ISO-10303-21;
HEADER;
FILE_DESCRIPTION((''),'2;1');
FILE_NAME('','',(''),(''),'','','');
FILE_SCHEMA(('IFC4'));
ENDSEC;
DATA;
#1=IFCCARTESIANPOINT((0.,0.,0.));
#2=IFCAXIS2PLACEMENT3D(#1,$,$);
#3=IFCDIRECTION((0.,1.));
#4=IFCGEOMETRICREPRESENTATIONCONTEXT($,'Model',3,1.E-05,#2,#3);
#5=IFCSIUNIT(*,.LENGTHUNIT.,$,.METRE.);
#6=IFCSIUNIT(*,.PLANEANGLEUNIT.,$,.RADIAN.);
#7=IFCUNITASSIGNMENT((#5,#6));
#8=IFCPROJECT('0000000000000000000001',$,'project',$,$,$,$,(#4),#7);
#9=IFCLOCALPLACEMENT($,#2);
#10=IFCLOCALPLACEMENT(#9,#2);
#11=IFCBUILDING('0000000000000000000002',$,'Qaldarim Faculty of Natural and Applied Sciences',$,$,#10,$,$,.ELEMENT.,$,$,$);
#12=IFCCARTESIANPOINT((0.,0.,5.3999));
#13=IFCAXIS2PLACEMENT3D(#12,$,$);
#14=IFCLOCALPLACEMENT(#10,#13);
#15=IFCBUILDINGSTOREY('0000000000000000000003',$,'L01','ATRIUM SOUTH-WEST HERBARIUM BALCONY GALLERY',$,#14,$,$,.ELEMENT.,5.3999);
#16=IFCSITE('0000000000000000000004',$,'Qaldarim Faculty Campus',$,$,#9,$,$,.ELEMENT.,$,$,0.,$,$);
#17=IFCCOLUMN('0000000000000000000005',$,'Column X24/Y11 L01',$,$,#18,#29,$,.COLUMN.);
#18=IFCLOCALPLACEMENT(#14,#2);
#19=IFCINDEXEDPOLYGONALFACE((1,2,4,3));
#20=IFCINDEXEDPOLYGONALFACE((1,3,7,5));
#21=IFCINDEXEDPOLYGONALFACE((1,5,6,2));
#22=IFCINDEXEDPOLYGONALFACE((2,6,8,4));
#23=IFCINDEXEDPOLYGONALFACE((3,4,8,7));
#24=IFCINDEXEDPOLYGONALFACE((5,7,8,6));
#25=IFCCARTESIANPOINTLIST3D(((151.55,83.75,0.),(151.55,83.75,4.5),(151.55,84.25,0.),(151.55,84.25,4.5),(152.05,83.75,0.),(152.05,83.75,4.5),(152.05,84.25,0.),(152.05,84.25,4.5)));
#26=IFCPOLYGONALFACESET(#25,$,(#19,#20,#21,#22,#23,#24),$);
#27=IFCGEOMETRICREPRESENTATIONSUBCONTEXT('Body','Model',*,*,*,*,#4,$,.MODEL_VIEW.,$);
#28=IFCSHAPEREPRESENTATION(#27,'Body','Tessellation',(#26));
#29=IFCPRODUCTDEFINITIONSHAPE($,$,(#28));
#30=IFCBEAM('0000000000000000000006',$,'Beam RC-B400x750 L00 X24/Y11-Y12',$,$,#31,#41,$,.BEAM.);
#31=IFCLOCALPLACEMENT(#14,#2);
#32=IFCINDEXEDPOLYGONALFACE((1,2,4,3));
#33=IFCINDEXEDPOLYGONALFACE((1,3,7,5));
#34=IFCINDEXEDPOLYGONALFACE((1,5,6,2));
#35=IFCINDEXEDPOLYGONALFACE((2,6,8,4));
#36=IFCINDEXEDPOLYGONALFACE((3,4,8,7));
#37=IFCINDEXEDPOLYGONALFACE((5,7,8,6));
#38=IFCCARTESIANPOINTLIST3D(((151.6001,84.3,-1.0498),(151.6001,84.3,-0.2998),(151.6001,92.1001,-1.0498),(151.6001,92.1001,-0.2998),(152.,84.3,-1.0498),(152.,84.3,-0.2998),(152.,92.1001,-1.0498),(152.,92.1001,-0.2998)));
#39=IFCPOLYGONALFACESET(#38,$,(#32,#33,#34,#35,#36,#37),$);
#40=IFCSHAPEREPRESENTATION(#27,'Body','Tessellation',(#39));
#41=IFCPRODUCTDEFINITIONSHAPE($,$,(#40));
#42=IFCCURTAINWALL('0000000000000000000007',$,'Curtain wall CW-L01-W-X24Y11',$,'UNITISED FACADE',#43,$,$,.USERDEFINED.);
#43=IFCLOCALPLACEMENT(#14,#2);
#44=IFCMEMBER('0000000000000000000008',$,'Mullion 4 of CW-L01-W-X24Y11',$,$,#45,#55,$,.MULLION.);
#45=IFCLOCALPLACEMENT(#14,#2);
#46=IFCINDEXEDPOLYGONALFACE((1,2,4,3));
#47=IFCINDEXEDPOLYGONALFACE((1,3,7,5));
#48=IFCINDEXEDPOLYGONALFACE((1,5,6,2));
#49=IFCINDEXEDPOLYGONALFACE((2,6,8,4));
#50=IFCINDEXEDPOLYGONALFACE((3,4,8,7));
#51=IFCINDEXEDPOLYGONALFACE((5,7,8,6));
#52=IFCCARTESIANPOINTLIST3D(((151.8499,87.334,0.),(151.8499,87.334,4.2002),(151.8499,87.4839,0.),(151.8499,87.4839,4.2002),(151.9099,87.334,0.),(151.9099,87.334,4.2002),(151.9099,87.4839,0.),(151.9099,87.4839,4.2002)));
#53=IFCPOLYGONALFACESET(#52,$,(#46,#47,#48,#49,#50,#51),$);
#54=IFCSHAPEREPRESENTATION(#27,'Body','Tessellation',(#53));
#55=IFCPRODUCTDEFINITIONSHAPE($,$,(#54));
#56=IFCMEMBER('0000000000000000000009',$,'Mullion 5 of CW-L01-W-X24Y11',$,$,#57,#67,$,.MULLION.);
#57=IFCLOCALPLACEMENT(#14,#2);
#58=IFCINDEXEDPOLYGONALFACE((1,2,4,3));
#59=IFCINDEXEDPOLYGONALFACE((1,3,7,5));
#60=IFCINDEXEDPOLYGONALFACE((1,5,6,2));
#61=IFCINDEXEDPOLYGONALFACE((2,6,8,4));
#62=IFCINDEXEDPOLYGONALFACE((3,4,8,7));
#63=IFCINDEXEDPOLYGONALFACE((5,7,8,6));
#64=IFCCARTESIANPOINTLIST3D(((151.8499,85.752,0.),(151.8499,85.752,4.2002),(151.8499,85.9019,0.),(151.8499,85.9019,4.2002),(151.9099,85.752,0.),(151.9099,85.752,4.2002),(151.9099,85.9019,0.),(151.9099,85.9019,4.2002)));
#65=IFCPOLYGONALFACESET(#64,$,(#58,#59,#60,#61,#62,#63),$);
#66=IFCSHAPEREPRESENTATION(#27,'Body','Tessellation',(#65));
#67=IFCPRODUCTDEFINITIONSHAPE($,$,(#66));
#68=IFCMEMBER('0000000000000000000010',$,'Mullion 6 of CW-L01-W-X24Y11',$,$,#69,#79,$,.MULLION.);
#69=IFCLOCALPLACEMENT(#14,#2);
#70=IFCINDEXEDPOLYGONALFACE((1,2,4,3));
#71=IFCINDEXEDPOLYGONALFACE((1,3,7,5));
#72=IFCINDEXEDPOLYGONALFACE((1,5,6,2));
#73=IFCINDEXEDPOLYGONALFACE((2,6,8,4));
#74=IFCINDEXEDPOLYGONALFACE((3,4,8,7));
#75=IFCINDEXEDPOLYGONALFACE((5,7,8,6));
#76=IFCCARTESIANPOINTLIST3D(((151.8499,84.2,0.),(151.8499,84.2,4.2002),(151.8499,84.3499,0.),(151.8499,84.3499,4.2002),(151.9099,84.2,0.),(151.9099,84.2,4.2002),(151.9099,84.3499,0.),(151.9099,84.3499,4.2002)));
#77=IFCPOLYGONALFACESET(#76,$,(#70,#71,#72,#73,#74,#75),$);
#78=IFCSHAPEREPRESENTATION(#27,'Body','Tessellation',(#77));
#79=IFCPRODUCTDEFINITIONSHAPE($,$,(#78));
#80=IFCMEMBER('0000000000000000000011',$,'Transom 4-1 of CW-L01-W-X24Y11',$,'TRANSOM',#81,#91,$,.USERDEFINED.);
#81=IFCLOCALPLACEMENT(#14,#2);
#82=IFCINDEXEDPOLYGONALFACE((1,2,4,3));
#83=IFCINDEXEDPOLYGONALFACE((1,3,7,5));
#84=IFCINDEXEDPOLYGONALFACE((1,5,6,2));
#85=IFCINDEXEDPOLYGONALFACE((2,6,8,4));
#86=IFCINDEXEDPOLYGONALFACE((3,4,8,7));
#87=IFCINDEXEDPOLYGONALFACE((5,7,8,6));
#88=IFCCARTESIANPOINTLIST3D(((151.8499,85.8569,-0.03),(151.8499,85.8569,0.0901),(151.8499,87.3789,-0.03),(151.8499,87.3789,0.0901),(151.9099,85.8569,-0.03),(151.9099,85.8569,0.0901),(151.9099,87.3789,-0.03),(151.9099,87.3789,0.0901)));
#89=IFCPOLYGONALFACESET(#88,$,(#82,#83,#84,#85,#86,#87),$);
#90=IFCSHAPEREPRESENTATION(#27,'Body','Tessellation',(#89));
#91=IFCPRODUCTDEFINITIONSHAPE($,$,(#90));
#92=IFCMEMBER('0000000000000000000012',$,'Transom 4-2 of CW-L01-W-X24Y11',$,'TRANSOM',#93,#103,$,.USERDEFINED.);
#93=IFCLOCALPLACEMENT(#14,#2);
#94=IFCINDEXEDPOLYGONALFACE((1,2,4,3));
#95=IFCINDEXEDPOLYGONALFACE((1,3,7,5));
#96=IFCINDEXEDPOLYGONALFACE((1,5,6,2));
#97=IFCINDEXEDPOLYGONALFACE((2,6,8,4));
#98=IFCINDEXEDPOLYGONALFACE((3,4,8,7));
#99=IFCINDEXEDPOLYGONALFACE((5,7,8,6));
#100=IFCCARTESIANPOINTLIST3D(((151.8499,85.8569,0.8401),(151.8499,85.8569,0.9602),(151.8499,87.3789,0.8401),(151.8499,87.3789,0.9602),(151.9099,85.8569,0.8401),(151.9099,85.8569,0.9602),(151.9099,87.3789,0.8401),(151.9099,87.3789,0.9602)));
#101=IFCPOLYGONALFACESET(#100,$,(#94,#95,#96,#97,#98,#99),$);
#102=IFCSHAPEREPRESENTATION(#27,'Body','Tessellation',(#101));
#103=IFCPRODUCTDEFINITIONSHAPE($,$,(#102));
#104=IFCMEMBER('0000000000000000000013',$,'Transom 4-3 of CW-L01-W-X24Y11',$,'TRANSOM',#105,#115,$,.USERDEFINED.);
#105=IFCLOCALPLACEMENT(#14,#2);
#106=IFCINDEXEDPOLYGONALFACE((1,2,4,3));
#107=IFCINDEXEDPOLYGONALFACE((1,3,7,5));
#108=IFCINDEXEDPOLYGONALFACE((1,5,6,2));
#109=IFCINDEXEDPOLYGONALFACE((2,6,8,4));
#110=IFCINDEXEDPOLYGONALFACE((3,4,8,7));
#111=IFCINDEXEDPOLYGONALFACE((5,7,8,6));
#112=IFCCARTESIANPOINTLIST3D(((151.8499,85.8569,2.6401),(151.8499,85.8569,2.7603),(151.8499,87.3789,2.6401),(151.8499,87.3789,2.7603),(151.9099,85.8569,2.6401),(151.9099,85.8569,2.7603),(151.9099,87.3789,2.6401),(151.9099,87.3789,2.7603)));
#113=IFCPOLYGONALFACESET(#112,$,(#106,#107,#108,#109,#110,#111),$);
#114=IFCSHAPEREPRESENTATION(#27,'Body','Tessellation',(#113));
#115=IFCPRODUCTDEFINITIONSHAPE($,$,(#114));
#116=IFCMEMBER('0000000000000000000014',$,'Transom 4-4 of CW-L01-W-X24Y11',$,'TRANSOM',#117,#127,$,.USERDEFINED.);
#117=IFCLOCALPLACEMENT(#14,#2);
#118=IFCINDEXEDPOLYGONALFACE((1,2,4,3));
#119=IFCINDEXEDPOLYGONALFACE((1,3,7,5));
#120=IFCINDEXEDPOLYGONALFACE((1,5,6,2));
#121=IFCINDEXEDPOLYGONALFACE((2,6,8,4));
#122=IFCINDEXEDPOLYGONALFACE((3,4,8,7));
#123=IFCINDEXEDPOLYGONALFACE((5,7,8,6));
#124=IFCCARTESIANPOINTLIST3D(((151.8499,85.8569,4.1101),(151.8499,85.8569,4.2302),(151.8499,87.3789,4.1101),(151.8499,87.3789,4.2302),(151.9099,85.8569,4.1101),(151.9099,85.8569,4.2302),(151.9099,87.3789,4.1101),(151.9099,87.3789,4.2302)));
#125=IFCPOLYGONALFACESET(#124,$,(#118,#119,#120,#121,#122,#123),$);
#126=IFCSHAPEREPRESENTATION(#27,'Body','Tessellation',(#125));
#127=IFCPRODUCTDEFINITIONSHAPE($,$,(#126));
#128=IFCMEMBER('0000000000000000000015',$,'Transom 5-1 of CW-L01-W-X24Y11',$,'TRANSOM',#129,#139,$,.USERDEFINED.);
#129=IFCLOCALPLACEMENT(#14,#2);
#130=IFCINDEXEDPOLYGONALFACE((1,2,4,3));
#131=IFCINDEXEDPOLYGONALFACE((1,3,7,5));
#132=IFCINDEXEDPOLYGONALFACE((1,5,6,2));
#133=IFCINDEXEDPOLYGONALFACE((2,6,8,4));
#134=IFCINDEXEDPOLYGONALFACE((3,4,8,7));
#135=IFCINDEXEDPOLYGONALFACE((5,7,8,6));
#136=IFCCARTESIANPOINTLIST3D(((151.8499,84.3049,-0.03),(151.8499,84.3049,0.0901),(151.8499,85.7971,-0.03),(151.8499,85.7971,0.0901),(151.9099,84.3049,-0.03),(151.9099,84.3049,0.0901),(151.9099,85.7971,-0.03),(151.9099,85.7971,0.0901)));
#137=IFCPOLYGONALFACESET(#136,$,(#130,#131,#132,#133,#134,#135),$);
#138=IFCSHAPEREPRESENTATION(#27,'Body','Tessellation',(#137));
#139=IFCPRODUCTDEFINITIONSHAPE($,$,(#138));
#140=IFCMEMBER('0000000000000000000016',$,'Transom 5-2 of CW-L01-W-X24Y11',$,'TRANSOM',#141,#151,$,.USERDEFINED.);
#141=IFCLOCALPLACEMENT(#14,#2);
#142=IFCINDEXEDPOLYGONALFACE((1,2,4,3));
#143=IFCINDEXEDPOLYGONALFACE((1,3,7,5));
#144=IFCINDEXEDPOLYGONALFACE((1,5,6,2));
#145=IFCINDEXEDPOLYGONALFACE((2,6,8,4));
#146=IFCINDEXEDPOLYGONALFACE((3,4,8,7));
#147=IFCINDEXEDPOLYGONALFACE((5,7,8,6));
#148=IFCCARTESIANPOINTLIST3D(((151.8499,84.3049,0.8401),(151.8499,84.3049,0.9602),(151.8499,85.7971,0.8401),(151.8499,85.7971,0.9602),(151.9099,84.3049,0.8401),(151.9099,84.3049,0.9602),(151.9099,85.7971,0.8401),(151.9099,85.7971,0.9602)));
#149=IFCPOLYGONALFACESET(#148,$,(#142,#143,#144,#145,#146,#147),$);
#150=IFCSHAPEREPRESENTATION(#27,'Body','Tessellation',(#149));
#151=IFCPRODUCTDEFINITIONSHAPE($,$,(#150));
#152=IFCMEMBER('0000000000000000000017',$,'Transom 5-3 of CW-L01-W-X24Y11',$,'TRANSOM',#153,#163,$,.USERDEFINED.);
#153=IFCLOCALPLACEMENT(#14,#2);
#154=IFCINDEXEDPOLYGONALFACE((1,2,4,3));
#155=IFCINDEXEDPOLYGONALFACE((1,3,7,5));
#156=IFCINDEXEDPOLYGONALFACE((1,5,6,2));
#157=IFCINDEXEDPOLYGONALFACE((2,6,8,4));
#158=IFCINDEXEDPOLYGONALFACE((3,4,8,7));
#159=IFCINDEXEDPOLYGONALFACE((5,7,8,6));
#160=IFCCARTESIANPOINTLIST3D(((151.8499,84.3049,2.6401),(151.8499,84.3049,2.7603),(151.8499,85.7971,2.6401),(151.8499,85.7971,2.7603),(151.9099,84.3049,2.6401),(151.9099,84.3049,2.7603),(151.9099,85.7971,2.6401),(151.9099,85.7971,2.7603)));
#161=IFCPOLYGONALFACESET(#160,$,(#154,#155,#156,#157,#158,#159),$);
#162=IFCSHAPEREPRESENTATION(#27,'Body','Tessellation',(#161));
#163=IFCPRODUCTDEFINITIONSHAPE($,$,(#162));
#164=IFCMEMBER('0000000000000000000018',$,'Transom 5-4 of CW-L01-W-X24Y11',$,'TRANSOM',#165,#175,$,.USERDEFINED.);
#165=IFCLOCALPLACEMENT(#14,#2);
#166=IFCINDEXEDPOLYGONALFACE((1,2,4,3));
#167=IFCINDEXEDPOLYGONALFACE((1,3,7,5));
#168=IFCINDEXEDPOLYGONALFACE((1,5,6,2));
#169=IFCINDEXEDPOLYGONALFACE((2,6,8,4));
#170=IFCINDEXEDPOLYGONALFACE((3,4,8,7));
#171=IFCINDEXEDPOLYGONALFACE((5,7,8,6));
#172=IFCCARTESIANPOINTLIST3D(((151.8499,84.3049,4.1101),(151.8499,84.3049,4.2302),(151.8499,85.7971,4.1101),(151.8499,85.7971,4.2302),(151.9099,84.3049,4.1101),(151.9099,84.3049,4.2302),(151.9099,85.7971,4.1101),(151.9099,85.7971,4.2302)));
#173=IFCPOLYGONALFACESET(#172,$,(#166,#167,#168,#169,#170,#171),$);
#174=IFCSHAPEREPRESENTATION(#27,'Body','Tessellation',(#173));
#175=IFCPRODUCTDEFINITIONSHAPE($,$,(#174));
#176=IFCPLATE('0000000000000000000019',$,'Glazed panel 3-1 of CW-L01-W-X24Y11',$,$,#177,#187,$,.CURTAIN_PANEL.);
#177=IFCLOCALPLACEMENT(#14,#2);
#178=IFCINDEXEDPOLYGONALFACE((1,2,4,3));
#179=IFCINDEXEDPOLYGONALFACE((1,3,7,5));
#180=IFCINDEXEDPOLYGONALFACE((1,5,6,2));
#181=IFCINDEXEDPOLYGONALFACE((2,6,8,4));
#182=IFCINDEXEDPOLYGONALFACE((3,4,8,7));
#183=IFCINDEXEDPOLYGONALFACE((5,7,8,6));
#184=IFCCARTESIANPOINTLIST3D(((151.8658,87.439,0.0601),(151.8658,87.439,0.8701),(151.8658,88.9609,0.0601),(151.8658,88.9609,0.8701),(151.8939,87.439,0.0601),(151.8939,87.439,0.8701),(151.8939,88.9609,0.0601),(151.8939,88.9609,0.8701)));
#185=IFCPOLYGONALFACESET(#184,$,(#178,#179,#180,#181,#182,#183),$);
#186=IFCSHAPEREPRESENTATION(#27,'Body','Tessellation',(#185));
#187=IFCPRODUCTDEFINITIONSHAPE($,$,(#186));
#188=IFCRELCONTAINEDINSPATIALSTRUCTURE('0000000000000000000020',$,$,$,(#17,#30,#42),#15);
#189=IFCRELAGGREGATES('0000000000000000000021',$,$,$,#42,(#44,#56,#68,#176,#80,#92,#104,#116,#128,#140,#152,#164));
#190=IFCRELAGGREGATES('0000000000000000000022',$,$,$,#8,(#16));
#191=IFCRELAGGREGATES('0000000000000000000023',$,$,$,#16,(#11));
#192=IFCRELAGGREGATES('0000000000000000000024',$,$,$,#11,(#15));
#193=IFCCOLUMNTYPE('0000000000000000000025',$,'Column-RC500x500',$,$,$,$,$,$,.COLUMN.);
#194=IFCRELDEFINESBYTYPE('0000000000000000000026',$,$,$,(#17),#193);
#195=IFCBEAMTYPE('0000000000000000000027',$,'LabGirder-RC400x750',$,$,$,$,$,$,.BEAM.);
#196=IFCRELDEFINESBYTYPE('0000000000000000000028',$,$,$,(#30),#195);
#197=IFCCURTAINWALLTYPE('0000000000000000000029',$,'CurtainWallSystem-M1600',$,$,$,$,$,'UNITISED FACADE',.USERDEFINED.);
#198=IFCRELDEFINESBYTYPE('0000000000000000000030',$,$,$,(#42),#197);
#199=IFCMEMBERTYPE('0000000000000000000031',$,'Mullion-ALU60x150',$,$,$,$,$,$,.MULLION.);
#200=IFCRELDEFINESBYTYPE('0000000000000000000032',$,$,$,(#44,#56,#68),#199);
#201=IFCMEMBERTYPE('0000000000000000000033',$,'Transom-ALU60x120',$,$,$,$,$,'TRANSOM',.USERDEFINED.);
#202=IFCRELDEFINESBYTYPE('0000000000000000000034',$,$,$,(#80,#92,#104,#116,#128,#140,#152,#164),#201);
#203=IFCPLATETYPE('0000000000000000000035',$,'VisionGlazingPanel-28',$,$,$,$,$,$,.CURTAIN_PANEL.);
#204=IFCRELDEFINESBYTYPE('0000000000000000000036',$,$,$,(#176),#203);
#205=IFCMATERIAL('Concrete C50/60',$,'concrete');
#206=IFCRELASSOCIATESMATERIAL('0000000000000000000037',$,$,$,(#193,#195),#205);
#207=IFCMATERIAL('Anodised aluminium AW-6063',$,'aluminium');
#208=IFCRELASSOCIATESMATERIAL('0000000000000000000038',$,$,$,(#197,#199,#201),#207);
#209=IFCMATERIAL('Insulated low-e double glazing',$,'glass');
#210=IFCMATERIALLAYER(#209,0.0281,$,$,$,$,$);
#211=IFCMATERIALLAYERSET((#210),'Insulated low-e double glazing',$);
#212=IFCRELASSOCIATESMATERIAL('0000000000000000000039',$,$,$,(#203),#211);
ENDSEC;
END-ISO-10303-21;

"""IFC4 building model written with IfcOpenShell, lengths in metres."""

from ifc_helpers import new_model, si_unit, direction, frame, origin, origin_2d, place, context, subcontext, project, spatial, rectangle, extrude, material, layer, layer_set, material_profile, profile_set, type_object, element, aggregate, save


model = new_model("IFC4")

# Units and contexts
model_context = context("Model", 3, precision=1e-05, world=origin(), true_north=direction((0.0, 1.0)))
body_context = subcontext(model_context, "Body", "Model", "MODEL_VIEW")
ifc_project = project(units=[si_unit("LENGTHUNIT", "METRE"), si_unit("PLANEANGLEUNIT", "RADIAN")], contexts=[model_context])

# Site, building, storey
site_placement = place(None, origin())
site = spatial("IfcSite", under=ifc_project, at=site_placement, Name="Qaldarim Faculty Campus", CompositionType="ELEMENT", RefElevation=0.0)
building_placement = place(site_placement, origin())
building = spatial("IfcBuilding", under=site, at=building_placement, Name="Qaldarim Faculty of Natural and Applied Sciences", CompositionType="ELEMENT")
storey_placement = place(building_placement, frame((0.0, 0.0, 5.3999)))
storey = spatial("IfcBuildingStorey", under=building, at=storey_placement, Name="L01", Description="ATRIUM SOUTH-WEST HERBARIUM BALCONY GALLERY", CompositionType="ELEMENT", Elevation=5.3999)

# Column
ifc_material_1 = material(Name="Concrete C50/60", Category="concrete")
ifc_material_profile_1 = material_profile(ifc_material_1, rectangle(XDim=0.5, YDim=0.5, at=origin_2d()), Name="RC-C500x500")
ifc_profile_set_1 = profile_set([ifc_material_profile_1], Name="Concrete C50/60")
column_type = type_object("IfcColumnType", Name="Column-RC500x500", PredefinedType="COLUMN", material=ifc_profile_set_1)
column_placement = place(storey_placement, frame((151.8, 84.0, 0.0), z_axis=(0.0, 0.0, 1.0), x_axis=(1.0, 0.0, 0.0)))
element("IfcColumn", 1, at=column_placement, inside=storey, type_object=column_type, Name="Column X24/Y11 L01", PredefinedType="COLUMN", context=body_context, shape_type="SweptSolid", body=[
    extrude(rectangle(XDim=0.5, YDim=0.5, at=origin_2d()), origin(), (0.0, 0.0, 1.0), 4.5),
])

# Beam
ifc_material_profile_2 = material_profile(ifc_material_1, rectangle(XDim=0.3999, YDim=0.75, at=origin_2d()), Name="RC-B400x750")
ifc_profile_set_2 = profile_set([ifc_material_profile_2], Name="Concrete C50/60")
beam_type = type_object("IfcBeamType", Name="LabGirder-RC400x750", PredefinedType="BEAM", material=ifc_profile_set_2)
beam_placement = place(storey_placement, frame((151.8, 84.3, -0.6748), z_axis=(0.0, 1.0, 0.0), x_axis=(-1.0, 0.0, 0.0)))
element("IfcBeam", 2, at=beam_placement, inside=storey, type_object=beam_type, Name="Beam RC-B400x750 L00 X24/Y11-Y12", PredefinedType="BEAM", context=body_context, shape_type="SweptSolid", body=[
    extrude(rectangle(XDim=0.3999, YDim=0.75, at=origin_2d()), origin(), (0.0, 0.0, 1.0), 7.8),
])

# Curtain wall, members, plate
ifc_material_2 = material(Name="Anodised aluminium AW-6063", Category="aluminium")
curtain_wall_type = type_object("IfcCurtainWallType", Name="CurtainWallSystem-M1600", ElementType="UNITISED FACADE", PredefinedType="USERDEFINED", material=ifc_material_2)
curtain_wall_placement = place(storey_placement, origin())
curtain_wall = element("IfcCurtainWall", 3, at=curtain_wall_placement, inside=storey, type_object=curtain_wall_type, Name="Curtain wall CW-L01-W-X24Y11", ObjectType="UNITISED FACADE", PredefinedType="USERDEFINED")
ifc_material_profile_3 = material_profile(ifc_material_2, rectangle(XDim=0.0601, YDim=0.1499, at=origin_2d()), Name="ALU-M60x150")
ifc_profile_set_3 = profile_set([ifc_material_profile_3], Name="Anodised aluminium AW-6063")
member_type_1 = type_object("IfcMemberType", Name="Mullion-ALU60x150", PredefinedType="MULLION", material=ifc_profile_set_3)
member_1_placement = place(storey_placement, frame((151.8799, 87.4089, 0.0), z_axis=(0.0, 0.0, 1.0), x_axis=(1.0, 0.0, 0.0)))
member_1 = element("IfcMember", 4, at=member_1_placement, type_object=member_type_1, Name="Mullion 4 of CW-L01-W-X24Y11", PredefinedType="MULLION", context=body_context, shape_type="SweptSolid", body=[
    extrude(rectangle(XDim=0.0601, YDim=0.1499, at=origin_2d()), origin(), (0.0, 0.0, 1.0), 4.2002),
])
member_2_placement = place(storey_placement, frame((151.8799, 85.8269, 0.0), z_axis=(0.0, 0.0, 1.0), x_axis=(1.0, 0.0, 0.0)))
member_2 = element("IfcMember", 5, at=member_2_placement, type_object=member_type_1, Name="Mullion 5 of CW-L01-W-X24Y11", PredefinedType="MULLION", context=body_context, shape_type="SweptSolid", body=[
    extrude(rectangle(XDim=0.0601, YDim=0.1499, at=origin_2d()), origin(), (0.0, 0.0, 1.0), 4.2002),
])
member_3_placement = place(storey_placement, frame((151.8799, 84.2749, 0.0), z_axis=(0.0, 0.0, 1.0), x_axis=(1.0, 0.0, 0.0)))
member_3 = element("IfcMember", 6, at=member_3_placement, type_object=member_type_1, Name="Mullion 6 of CW-L01-W-X24Y11", PredefinedType="MULLION", context=body_context, shape_type="SweptSolid", body=[
    extrude(rectangle(XDim=0.0601, YDim=0.1499, at=origin_2d()), origin(), (0.0, 0.0, 1.0), 4.2002),
])
ifc_material_profile_4 = material_profile(ifc_material_2, rectangle(XDim=0.0601, YDim=0.1201, at=origin_2d()), Name="ALU-T60x120")
ifc_profile_set_4 = profile_set([ifc_material_profile_4], Name="Anodised aluminium AW-6063")
member_type_2 = type_object("IfcMemberType", Name="Transom-ALU60x120", ElementType="TRANSOM", PredefinedType="USERDEFINED", material=ifc_profile_set_4)
member_4_placement = place(storey_placement, frame((151.8799, 87.3789, 0.03), z_axis=(0.0, -1.0, 0.0), x_axis=(1.0, 0.0, 0.0)))
member_4 = element("IfcMember", 7, at=member_4_placement, type_object=member_type_2, Name="Transom 4-1 of CW-L01-W-X24Y11", ObjectType="TRANSOM", PredefinedType="USERDEFINED", context=body_context, shape_type="SweptSolid", body=[
    extrude(rectangle(XDim=0.0601, YDim=0.1201, at=origin_2d()), origin(), (0.0, 0.0, 1.0), 1.522),
])
member_5_placement = place(storey_placement, frame((151.8799, 87.3789, 0.9001), z_axis=(0.0, -1.0, 0.0), x_axis=(1.0, 0.0, 0.0)))
member_5 = element("IfcMember", 8, at=member_5_placement, type_object=member_type_2, Name="Transom 4-2 of CW-L01-W-X24Y11", ObjectType="TRANSOM", PredefinedType="USERDEFINED", context=body_context, shape_type="SweptSolid", body=[
    extrude(rectangle(XDim=0.0601, YDim=0.1201, at=origin_2d()), origin(), (0.0, 0.0, 1.0), 1.522),
])
member_6_placement = place(storey_placement, frame((151.8799, 87.3789, 2.7002), z_axis=(0.0, -1.0, 0.0), x_axis=(1.0, 0.0, 0.0)))
member_6 = element("IfcMember", 9, at=member_6_placement, type_object=member_type_2, Name="Transom 4-3 of CW-L01-W-X24Y11", ObjectType="TRANSOM", PredefinedType="USERDEFINED", context=body_context, shape_type="SweptSolid", body=[
    extrude(rectangle(XDim=0.0601, YDim=0.1201, at=origin_2d()), origin(), (0.0, 0.0, 1.0), 1.522),
])
member_7_placement = place(storey_placement, frame((151.8799, 87.3789, 4.1702), z_axis=(0.0, -1.0, 0.0), x_axis=(1.0, 0.0, 0.0)))
member_7 = element("IfcMember", 10, at=member_7_placement, type_object=member_type_2, Name="Transom 4-4 of CW-L01-W-X24Y11", ObjectType="TRANSOM", PredefinedType="USERDEFINED", context=body_context, shape_type="SweptSolid", body=[
    extrude(rectangle(XDim=0.0601, YDim=0.1201, at=origin_2d()), origin(), (0.0, 0.0, 1.0), 1.522),
])
member_8_placement = place(storey_placement, frame((151.8799, 85.7971, 0.03), z_axis=(0.0, -1.0, 0.0), x_axis=(1.0, 0.0, 0.0)))
member_8 = element("IfcMember", 11, at=member_8_placement, type_object=member_type_2, Name="Transom 5-1 of CW-L01-W-X24Y11", ObjectType="TRANSOM", PredefinedType="USERDEFINED", context=body_context, shape_type="SweptSolid", body=[
    extrude(rectangle(XDim=0.0601, YDim=0.1201, at=origin_2d()), origin(), (0.0, 0.0, 1.0), 1.4922),
])
member_9_placement = place(storey_placement, frame((151.8799, 85.7971, 0.9001), z_axis=(0.0, -1.0, 0.0), x_axis=(1.0, 0.0, 0.0)))
member_9 = element("IfcMember", 12, at=member_9_placement, type_object=member_type_2, Name="Transom 5-2 of CW-L01-W-X24Y11", ObjectType="TRANSOM", PredefinedType="USERDEFINED", context=body_context, shape_type="SweptSolid", body=[
    extrude(rectangle(XDim=0.0601, YDim=0.1201, at=origin_2d()), origin(), (0.0, 0.0, 1.0), 1.4922),
])
member_10_placement = place(storey_placement, frame((151.8799, 85.7971, 2.7002), z_axis=(0.0, -1.0, 0.0), x_axis=(1.0, 0.0, 0.0)))
member_10 = element("IfcMember", 13, at=member_10_placement, type_object=member_type_2, Name="Transom 5-3 of CW-L01-W-X24Y11", ObjectType="TRANSOM", PredefinedType="USERDEFINED", context=body_context, shape_type="SweptSolid", body=[
    extrude(rectangle(XDim=0.0601, YDim=0.1201, at=origin_2d()), origin(), (0.0, 0.0, 1.0), 1.4922),
])
member_11_placement = place(storey_placement, frame((151.8799, 85.7971, 4.1702), z_axis=(0.0, -1.0, 0.0), x_axis=(1.0, 0.0, 0.0)))
member_11 = element("IfcMember", 14, at=member_11_placement, type_object=member_type_2, Name="Transom 5-4 of CW-L01-W-X24Y11", ObjectType="TRANSOM", PredefinedType="USERDEFINED", context=body_context, shape_type="SweptSolid", body=[
    extrude(rectangle(XDim=0.0601, YDim=0.1201, at=origin_2d()), origin(), (0.0, 0.0, 1.0), 1.4922),
])
ifc_material_3 = material(Name="Insulated low-e double glazing", Category="glass")
ifc_layer_1 = layer(ifc_material_3, 0.0281)
ifc_layer_set_1 = layer_set([ifc_layer_1], Name="Insulated low-e double glazing")
plate_type = type_object("IfcPlateType", Name="VisionGlazingPanel-28", PredefinedType="CURTAIN_PANEL", material=ifc_layer_set_1)
plate_1_placement = place(storey_placement, frame((151.8799, 88.2, 0.0601), z_axis=(0.0, 0.0, 1.0), x_axis=(0.0, -1.0, 0.0)))
plate_1 = element("IfcPlate", 15, at=plate_1_placement, type_object=plate_type, Name="Glazed panel 3-1 of CW-L01-W-X24Y11", PredefinedType="CURTAIN_PANEL", context=body_context, shape_type="SweptSolid", body=[
    extrude(rectangle(XDim=1.522, YDim=0.0281, at=origin_2d()), origin(), (0.0, 0.0, 1.0), 0.8101),
])
aggregate(curtain_wall, [member_1, member_2, member_3, plate_1, member_4, member_5, member_6, member_7, member_8, member_9, member_10, member_11])

save(model, "model.ifc")
